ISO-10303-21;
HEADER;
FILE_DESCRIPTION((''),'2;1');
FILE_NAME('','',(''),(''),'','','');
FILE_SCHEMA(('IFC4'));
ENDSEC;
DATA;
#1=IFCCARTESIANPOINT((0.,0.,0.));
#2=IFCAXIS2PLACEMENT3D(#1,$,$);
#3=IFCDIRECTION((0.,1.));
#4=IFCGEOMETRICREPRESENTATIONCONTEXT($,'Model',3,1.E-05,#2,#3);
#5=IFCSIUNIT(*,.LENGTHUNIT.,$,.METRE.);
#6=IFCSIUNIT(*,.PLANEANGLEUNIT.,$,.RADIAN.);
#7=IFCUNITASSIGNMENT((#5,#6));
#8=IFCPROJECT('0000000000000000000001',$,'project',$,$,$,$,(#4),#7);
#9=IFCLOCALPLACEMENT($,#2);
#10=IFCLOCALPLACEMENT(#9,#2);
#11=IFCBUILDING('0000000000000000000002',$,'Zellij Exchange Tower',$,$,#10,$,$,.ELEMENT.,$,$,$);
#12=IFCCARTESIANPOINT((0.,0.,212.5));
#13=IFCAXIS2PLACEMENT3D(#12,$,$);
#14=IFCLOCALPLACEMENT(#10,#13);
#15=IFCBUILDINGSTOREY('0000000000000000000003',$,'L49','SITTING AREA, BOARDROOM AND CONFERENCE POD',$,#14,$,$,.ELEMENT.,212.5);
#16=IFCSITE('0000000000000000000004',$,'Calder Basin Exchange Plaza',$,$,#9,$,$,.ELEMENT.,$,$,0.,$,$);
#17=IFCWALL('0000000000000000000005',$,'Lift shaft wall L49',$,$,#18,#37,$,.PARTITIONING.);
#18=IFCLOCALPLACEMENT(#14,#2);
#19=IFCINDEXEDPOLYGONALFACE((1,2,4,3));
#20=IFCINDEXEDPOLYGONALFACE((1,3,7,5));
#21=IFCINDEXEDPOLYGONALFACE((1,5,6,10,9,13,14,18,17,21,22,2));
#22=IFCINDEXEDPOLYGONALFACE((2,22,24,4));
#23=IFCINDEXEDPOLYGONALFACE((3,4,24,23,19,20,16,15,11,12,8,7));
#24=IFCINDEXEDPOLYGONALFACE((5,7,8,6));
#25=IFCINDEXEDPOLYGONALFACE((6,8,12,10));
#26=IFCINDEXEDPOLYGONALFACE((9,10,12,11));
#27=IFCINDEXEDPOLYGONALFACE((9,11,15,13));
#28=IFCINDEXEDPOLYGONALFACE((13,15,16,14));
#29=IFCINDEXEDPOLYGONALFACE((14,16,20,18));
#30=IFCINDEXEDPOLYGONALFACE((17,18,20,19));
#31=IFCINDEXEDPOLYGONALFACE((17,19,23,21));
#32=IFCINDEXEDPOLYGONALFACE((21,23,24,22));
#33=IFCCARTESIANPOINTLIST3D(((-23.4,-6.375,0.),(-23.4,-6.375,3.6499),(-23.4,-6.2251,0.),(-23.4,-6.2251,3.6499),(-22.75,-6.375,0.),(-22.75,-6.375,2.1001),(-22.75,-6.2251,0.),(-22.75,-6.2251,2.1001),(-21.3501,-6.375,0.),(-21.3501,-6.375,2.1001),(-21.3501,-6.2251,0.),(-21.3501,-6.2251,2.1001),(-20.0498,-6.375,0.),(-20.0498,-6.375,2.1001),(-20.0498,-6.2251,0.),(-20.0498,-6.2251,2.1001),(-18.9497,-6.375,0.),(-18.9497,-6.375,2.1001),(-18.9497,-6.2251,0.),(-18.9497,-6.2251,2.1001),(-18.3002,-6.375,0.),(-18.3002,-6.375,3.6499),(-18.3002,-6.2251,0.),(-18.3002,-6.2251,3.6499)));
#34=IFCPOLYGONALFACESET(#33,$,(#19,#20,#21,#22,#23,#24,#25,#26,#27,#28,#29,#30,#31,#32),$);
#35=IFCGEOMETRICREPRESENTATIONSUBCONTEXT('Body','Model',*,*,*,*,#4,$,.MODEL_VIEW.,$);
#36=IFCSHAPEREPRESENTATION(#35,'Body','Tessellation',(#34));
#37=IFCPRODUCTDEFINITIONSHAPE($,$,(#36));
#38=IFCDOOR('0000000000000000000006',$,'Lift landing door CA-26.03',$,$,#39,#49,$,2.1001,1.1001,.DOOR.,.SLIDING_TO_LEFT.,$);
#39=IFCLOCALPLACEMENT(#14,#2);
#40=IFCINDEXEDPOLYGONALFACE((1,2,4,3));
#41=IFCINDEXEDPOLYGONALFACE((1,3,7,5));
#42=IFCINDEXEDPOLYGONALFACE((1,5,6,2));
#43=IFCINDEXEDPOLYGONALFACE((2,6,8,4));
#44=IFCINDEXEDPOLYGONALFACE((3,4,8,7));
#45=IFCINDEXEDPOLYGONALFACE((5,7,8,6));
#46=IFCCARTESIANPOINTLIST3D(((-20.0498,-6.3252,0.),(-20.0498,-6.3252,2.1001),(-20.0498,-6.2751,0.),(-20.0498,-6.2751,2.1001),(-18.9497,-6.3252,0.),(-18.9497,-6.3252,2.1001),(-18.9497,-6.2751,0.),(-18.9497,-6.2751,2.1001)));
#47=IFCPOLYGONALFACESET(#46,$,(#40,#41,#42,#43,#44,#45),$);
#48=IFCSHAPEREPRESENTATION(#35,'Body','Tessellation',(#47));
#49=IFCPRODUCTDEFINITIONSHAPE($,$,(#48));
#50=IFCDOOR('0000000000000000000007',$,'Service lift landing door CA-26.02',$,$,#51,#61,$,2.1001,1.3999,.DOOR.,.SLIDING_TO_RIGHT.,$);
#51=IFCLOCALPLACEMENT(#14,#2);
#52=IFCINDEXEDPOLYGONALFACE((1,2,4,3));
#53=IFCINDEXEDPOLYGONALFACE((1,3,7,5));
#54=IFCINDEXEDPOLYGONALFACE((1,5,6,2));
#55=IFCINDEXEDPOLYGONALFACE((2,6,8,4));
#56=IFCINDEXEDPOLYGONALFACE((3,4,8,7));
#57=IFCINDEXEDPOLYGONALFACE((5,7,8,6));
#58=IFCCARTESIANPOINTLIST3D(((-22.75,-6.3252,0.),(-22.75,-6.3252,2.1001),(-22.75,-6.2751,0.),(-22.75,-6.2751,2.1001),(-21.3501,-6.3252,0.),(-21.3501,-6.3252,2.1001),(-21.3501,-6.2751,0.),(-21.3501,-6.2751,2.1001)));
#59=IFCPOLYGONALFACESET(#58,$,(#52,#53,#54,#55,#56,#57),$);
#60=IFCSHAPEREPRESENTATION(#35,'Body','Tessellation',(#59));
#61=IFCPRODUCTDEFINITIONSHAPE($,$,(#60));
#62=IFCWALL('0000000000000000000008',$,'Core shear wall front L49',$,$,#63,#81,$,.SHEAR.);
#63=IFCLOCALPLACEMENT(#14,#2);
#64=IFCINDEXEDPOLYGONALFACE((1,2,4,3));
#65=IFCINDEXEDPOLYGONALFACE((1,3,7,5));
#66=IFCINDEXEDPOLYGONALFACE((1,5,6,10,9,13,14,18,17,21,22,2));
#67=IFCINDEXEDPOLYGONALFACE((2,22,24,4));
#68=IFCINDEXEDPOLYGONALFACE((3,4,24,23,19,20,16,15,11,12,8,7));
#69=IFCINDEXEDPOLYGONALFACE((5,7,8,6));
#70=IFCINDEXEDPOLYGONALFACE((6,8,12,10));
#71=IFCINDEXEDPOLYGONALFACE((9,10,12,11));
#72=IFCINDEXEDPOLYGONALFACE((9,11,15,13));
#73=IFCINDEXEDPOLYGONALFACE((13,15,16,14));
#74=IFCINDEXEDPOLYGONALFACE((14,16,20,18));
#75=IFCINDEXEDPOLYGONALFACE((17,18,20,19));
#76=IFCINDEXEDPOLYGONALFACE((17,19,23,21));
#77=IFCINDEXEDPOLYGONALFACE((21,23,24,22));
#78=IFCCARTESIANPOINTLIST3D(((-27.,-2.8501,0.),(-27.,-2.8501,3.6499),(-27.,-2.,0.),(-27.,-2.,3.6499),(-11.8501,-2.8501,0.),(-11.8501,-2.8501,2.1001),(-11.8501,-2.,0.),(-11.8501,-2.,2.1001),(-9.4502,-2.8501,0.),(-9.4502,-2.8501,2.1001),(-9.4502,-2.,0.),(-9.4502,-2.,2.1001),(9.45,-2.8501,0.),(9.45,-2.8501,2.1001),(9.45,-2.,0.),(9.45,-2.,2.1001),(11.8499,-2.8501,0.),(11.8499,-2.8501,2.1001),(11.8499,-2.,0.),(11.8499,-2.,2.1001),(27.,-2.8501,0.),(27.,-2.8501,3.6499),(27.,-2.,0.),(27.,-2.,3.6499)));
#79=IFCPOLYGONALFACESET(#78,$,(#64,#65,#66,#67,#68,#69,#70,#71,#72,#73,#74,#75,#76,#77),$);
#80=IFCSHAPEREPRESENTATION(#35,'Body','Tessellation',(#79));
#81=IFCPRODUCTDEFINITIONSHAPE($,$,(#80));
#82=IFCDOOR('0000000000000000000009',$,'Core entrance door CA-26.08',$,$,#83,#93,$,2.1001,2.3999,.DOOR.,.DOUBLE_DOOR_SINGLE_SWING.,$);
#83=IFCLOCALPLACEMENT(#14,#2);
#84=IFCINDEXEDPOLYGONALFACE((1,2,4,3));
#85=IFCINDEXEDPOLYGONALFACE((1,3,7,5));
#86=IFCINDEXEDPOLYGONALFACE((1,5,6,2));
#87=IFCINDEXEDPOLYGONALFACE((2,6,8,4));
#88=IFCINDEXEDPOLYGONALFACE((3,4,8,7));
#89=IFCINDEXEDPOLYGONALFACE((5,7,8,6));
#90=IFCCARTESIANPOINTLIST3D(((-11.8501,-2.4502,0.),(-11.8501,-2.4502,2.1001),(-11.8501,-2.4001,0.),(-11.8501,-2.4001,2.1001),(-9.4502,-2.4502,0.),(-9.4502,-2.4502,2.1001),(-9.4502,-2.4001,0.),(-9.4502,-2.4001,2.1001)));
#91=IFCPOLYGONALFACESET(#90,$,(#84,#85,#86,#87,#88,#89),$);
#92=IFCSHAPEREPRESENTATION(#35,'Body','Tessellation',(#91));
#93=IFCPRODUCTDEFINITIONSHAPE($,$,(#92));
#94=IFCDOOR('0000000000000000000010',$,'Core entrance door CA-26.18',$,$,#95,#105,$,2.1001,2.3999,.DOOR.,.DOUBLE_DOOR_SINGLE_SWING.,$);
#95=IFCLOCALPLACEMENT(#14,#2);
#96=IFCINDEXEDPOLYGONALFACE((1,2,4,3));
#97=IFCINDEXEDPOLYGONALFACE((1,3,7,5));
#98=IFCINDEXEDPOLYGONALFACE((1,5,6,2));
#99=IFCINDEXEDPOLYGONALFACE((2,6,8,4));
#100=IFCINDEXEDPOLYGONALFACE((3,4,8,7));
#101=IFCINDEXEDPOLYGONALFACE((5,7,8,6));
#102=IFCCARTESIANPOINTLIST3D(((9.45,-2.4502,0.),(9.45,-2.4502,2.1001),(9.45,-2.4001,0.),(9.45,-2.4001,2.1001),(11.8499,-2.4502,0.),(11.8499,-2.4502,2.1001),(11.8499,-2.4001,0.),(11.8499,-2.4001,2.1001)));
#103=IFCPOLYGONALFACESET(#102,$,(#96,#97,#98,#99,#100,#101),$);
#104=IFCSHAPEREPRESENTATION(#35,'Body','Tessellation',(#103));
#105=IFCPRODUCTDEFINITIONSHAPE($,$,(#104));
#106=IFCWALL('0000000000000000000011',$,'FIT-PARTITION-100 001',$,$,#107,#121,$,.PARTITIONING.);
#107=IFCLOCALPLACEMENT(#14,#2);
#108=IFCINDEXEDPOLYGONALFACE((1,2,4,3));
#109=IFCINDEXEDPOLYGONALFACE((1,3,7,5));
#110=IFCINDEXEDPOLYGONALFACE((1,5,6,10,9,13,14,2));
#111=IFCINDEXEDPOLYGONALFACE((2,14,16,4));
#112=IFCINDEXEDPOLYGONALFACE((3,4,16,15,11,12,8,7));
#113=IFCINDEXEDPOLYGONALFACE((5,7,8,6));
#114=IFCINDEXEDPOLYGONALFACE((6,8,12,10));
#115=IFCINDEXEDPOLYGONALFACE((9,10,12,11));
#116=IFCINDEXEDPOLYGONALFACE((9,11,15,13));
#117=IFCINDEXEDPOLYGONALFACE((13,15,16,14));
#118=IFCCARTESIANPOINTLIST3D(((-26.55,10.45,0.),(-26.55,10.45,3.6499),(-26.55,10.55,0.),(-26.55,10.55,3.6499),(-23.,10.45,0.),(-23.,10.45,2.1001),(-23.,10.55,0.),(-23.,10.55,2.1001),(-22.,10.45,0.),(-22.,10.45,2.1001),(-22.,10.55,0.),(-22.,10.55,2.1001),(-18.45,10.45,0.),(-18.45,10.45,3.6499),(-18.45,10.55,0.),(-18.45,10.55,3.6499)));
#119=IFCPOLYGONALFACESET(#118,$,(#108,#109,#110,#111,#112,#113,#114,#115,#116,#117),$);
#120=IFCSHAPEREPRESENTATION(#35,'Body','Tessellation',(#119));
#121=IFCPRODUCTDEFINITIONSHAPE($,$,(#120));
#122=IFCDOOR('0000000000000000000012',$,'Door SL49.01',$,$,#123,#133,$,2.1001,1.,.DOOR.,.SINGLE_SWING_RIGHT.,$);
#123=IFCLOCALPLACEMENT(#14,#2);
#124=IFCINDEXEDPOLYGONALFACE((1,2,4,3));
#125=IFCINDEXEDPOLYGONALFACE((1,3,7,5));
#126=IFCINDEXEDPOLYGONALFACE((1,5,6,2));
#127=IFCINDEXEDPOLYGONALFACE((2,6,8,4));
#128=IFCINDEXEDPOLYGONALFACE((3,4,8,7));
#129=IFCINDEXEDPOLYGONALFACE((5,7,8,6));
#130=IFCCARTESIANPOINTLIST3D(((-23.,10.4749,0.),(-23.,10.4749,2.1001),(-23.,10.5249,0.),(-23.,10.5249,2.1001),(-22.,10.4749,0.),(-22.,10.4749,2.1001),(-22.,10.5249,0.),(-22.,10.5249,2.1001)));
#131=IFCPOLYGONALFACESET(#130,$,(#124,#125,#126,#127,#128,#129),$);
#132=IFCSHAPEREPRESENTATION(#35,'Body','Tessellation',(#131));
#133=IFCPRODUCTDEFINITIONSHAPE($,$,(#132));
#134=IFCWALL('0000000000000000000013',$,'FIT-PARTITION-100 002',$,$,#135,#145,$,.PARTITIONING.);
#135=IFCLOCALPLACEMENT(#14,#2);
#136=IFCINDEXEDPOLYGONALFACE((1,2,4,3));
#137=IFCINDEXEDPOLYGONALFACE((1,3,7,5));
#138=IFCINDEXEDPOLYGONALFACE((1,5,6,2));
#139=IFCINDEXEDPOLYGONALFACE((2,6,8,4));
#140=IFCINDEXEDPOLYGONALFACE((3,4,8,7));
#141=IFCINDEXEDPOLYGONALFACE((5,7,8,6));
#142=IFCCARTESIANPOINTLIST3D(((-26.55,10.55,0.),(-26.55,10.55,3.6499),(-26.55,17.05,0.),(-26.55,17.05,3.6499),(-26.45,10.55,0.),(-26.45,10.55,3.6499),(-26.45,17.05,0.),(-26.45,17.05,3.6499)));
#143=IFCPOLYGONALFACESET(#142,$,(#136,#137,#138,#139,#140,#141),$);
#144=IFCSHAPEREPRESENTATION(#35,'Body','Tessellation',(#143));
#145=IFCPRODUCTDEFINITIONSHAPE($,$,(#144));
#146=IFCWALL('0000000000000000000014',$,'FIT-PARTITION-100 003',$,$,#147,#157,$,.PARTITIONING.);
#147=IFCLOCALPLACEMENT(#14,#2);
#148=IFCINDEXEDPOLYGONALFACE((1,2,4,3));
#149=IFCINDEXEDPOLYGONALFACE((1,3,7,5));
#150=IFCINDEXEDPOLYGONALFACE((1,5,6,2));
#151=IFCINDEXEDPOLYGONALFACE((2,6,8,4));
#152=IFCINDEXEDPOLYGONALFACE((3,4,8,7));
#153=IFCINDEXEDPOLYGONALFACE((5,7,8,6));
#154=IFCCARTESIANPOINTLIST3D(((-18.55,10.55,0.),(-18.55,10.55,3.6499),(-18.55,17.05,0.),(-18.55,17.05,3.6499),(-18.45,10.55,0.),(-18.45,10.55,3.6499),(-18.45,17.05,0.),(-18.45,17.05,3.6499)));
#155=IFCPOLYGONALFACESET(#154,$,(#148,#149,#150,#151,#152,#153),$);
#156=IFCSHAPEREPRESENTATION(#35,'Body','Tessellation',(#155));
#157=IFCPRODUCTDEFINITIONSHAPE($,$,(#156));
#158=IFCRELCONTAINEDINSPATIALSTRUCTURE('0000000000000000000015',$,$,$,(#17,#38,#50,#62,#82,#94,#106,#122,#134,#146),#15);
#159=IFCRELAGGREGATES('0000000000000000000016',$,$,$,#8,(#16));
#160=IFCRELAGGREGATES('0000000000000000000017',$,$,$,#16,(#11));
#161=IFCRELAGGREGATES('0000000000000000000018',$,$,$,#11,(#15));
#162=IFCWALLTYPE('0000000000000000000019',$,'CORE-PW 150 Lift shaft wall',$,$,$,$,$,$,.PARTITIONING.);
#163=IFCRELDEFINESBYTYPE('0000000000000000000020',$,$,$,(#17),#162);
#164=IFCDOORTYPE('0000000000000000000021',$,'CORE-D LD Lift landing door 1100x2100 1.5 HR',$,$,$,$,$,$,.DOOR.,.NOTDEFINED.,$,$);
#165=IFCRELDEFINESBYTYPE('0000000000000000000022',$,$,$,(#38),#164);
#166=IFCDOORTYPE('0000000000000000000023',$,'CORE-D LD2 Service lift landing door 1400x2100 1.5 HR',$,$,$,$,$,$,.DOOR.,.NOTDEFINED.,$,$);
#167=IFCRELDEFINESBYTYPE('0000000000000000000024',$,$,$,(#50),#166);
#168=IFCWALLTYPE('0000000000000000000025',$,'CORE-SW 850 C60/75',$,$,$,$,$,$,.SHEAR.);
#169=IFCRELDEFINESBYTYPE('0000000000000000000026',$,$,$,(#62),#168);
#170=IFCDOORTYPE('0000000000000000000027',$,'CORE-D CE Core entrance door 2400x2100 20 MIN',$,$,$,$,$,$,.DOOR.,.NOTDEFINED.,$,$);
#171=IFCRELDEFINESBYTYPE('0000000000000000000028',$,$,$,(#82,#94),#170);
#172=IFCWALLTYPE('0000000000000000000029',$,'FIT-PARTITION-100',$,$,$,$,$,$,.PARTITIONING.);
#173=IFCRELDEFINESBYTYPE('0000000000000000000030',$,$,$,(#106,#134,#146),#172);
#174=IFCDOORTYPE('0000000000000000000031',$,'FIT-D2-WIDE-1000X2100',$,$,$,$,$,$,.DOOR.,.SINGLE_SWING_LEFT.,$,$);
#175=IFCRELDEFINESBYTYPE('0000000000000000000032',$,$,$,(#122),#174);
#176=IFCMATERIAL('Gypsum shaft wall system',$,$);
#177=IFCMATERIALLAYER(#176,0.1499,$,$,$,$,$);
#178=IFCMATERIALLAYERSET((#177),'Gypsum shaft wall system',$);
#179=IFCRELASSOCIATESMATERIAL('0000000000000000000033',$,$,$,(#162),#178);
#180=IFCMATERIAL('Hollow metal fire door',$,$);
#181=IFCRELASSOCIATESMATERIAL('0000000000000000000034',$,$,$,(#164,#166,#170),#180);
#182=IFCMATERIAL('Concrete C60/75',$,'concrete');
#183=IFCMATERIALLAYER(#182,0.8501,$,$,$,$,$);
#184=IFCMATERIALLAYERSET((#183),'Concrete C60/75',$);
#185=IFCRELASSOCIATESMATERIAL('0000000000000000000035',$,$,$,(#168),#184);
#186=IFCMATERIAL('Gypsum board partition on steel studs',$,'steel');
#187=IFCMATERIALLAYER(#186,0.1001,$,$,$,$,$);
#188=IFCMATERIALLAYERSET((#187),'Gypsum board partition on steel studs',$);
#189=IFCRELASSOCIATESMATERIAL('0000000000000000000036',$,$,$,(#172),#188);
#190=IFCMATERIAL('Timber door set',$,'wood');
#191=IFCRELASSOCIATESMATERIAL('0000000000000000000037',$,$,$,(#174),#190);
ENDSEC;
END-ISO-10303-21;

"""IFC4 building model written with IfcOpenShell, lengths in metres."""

from ifc_helpers import new_model, si_unit, direction, frame, frame_2d, origin, place, context, subcontext, project, spatial, rectangle, extrude, material, layer, layer_set, type_object, element, fill, save


model = new_model("IFC4")

# Units and contexts
model_context = context("Model", 3, precision=1e-05, world=origin(), true_north=direction((0.0, 1.0)))
body_context = subcontext(model_context, "Body", "Model", "MODEL_VIEW")
ifc_project = project(units=[si_unit("LENGTHUNIT", "METRE"), si_unit("PLANEANGLEUNIT", "RADIAN")], contexts=[model_context])

# Site, building, storey
site_placement = place(None, origin())
site = spatial("IfcSite", under=ifc_project, at=site_placement, Name="Calder Basin Exchange Plaza", CompositionType="ELEMENT", RefElevation=0.0)
building_placement = place(site_placement, origin())
building = spatial("IfcBuilding", under=site, at=building_placement, Name="Zellij Exchange Tower", CompositionType="ELEMENT")
storey_placement = place(building_placement, frame((0.0, 0.0, 212.5)))
storey = spatial("IfcBuildingStorey", under=building, at=storey_placement, Name="L49", Description="SITTING AREA, BOARDROOM AND CONFERENCE POD", CompositionType="ELEMENT", Elevation=212.5)

# Shared definitions
ifc_material_1 = material(Name="Gypsum shaft wall system")
ifc_layer_1 = layer(ifc_material_1, 0.1499)
ifc_layer_set_1 = layer_set([ifc_layer_1], Name="Gypsum shaft wall system")
wall_type_1 = type_object("IfcWallType", Name="CORE-PW 150 Lift shaft wall", PredefinedType="PARTITIONING", material=ifc_layer_set_1)

# Walls, openings, doors
wall_1_placement = place(storey_placement, frame((-23.3999, -6.3, 0.0), z_axis=(0.0, 0.0, 1.0), x_axis=(1.0, 0.0, 0.0)))
wall_1 = element("IfcWall", 1, at=wall_1_placement, inside=storey, type_object=wall_type_1, Name="Lift shaft wall L49", PredefinedType="PARTITIONING", context=body_context, shape_type="SweptSolid", body=[
    extrude(rectangle(XDim=5.0999, YDim=0.1499, at=frame_2d((2.5498, 0.0))), origin(), (0.0, 0.0, 1.0), 3.6499),
])
opening_1_placement = place(wall_1_placement, frame((0.6499, 0.0, 0.0)))
opening_1 = element("IfcOpeningElement", 2, at=opening_1_placement, cuts=wall_1, PredefinedType="OPENING", context=body_context, shape_type="SweptSolid", body=[
    extrude(rectangle(XDim=1.3999, YDim=2.1001, at=frame_2d((0.7, 1.05))), frame((0.0, 0.0869, 0.0), z_axis=(0.0, -1.0, 0.0), x_axis=(1.0, 0.0, 0.0)), (0.0, 0.0, 1.0), 0.1738),
])
opening_2_placement = place(wall_1_placement, frame((3.3501, 0.0, 0.0)))
opening_2 = element("IfcOpeningElement", 3, at=opening_2_placement, cuts=wall_1, PredefinedType="OPENING", context=body_context, shape_type="SweptSolid", body=[
    extrude(rectangle(XDim=1.1001, YDim=2.1001, at=frame_2d((0.55, 1.05))), frame((0.0, 0.0869, 0.0), z_axis=(0.0, -1.0, 0.0), x_axis=(1.0, 0.0, 0.0)), (0.0, 0.0, 1.0), 0.1738),
])
ifc_material_2 = material(Name="Hollow metal fire door")
door_type_1 = type_object("IfcDoorType", Name="CORE-D LD Lift landing door 1100x2100 1.5 HR", OperationType="NOTDEFINED", PredefinedType="DOOR", material=ifc_material_2)
door_1_placement = place(opening_2_placement, origin())
door_1 = element("IfcDoor", 4, at=door_1_placement, inside=storey, type_object=door_type_1, Name="Lift landing door CA-26.03", OperationType="SLIDING_TO_LEFT", OverallHeight=2.1001, OverallWidth=1.1001, PredefinedType="DOOR", context=body_context, shape_type="SweptSolid", body=[
    extrude(rectangle(XDim=1.1001, YDim=2.1001, at=frame_2d((0.55, 1.05))), frame((0.0, 0.0249, 0.0), z_axis=(0.0, -1.0, 0.0), x_axis=(1.0, 0.0, 0.0)), (0.0, 0.0, 1.0), 0.05),
])
fill(opening_2, door_1)
door_type_2 = type_object("IfcDoorType", Name="CORE-D LD2 Service lift landing door 1400x2100 1.5 HR", OperationType="NOTDEFINED", PredefinedType="DOOR", material=ifc_material_2)
door_2_placement = place(opening_1_placement, origin())
door_2 = element("IfcDoor", 5, at=door_2_placement, inside=storey, type_object=door_type_2, Name="Service lift landing door CA-26.02", OperationType="SLIDING_TO_RIGHT", OverallHeight=2.1001, OverallWidth=1.3999, PredefinedType="DOOR", context=body_context, shape_type="SweptSolid", body=[
    extrude(rectangle(XDim=1.3999, YDim=2.1001, at=frame_2d((0.7, 1.05))), frame((0.0, 0.0249, 0.0), z_axis=(0.0, -1.0, 0.0), x_axis=(1.0, 0.0, 0.0)), (0.0, 0.0, 1.0), 0.05),
])
fill(opening_1, door_2)
ifc_material_3 = material(Name="Concrete C60/75", Category="concrete")
ifc_layer_2 = layer(ifc_material_3, 0.8501)
ifc_layer_set_2 = layer_set([ifc_layer_2], Name="Concrete C60/75")
wall_type_2 = type_object("IfcWallType", Name="CORE-SW 850 C60/75", PredefinedType="SHEAR", material=ifc_layer_set_2)
wall_2_placement = place(storey_placement, frame((-27.0, -2.425, 0.0), z_axis=(0.0, 0.0, 1.0), x_axis=(1.0, 0.0, 0.0)))
wall_2 = element("IfcWall", 6, at=wall_2_placement, inside=storey, type_object=wall_type_2, Name="Core shear wall front L49", PredefinedType="SHEAR", context=body_context, shape_type="SweptSolid", body=[
    extrude(rectangle(XDim=54.0, YDim=0.8501, at=frame_2d((27.0, 0.0))), origin(), (0.0, 0.0, 1.0), 3.6499),
])
opening_3_placement = place(wall_2_placement, frame((15.1499, 0.0, 0.0)))
opening_3 = element("IfcOpeningElement", 7, at=opening_3_placement, cuts=wall_2, PredefinedType="OPENING", context=body_context, shape_type="SweptSolid", body=[
    extrude(rectangle(XDim=2.3999, YDim=2.1001, at=frame_2d((1.2, 1.05))), frame((0.0, 0.437, 0.0), z_axis=(0.0, -1.0, 0.0), x_axis=(1.0, 0.0, 0.0)), (0.0, 0.0, 1.0), 0.874),
])
opening_4_placement = place(wall_2_placement, frame((36.45, 0.0, 0.0)))
opening_4 = element("IfcOpeningElement", 8, at=opening_4_placement, cuts=wall_2, PredefinedType="OPENING", context=body_context, shape_type="SweptSolid", body=[
    extrude(rectangle(XDim=2.3999, YDim=2.1001, at=frame_2d((1.2, 1.05))), frame((0.0, 0.437, 0.0), z_axis=(0.0, -1.0, 0.0), x_axis=(1.0, 0.0, 0.0)), (0.0, 0.0, 1.0), 0.874),
])
door_type_3 = type_object("IfcDoorType", Name="CORE-D CE Core entrance door 2400x2100 20 MIN", OperationType="NOTDEFINED", PredefinedType="DOOR", material=ifc_material_2)
door_3_placement = place(opening_3_placement, origin())
door_3 = element("IfcDoor", 9, at=door_3_placement, inside=storey, type_object=door_type_3, Name="Core entrance door CA-26.08", OperationType="DOUBLE_DOOR_SINGLE_SWING", OverallHeight=2.1001, OverallWidth=2.3999, PredefinedType="DOOR", context=body_context, shape_type="SweptSolid", body=[
    extrude(rectangle(XDim=2.3999, YDim=2.1001, at=frame_2d((1.2, 1.05))), frame((0.0, 0.0249, 0.0), z_axis=(0.0, -1.0, 0.0), x_axis=(1.0, 0.0, 0.0)), (0.0, 0.0, 1.0), 0.05),
])
fill(opening_3, door_3)
door_4_placement = place(opening_4_placement, origin())
door_4 = element("IfcDoor", 10, at=door_4_placement, inside=storey, type_object=door_type_3, Name="Core entrance door CA-26.18", OperationType="DOUBLE_DOOR_SINGLE_SWING", OverallHeight=2.1001, OverallWidth=2.3999, PredefinedType="DOOR", context=body_context, shape_type="SweptSolid", body=[
    extrude(rectangle(XDim=2.3999, YDim=2.1001, at=frame_2d((1.2, 1.05))), frame((0.0, 0.0249, 0.0), z_axis=(0.0, -1.0, 0.0), x_axis=(1.0, 0.0, 0.0)), (0.0, 0.0, 1.0), 0.05),
])
fill(opening_4, door_4)

# Wall, opening, door
ifc_material_4 = material(Name="Gypsum board partition on steel studs", Category="steel")
ifc_layer_3 = layer(ifc_material_4, 0.1001)
ifc_layer_set_3 = layer_set([ifc_layer_3], Name="Gypsum board partition on steel studs")
wall_type_3 = type_object("IfcWallType", Name="FIT-PARTITION-100", PredefinedType="PARTITIONING", material=ifc_layer_set_3)
wall_3_placement = place(storey_placement, frame((-26.55, 10.5, 0.0), z_axis=(0.0, 0.0, 1.0), x_axis=(1.0, 0.0, 0.0)))
wall_3 = element("IfcWall", 11, at=wall_3_placement, inside=storey, type_object=wall_type_3, Name="FIT-PARTITION-100 001", PredefinedType="PARTITIONING", context=body_context, shape_type="SweptSolid", body=[
    extrude(rectangle(XDim=8.1001, YDim=0.1001, at=frame_2d((4.05, 0.0))), origin(), (0.0, 0.0, 1.0), 3.6499),
])
opening_5_placement = place(wall_3_placement, frame((3.55, 0.0, 0.0)))
opening_5 = element("IfcOpeningElement", 12, at=opening_5_placement, cuts=wall_3, PredefinedType="OPENING", context=body_context, shape_type="SweptSolid", body=[
    extrude(rectangle(XDim=1.0, YDim=2.1001, at=frame_2d((0.5, 1.05))), frame((0.0, 0.062, 0.0), z_axis=(0.0, -1.0, 0.0), x_axis=(1.0, 0.0, 0.0)), (0.0, 0.0, 1.0), 0.124),
])
ifc_material_5 = material(Name="Timber door set", Category="wood")
door_type_4 = type_object("IfcDoorType", Name="FIT-D2-WIDE-1000X2100", OperationType="SINGLE_SWING_LEFT", PredefinedType="DOOR", material=ifc_material_5)
door_5_placement = place(opening_5_placement, origin())
door_5 = element("IfcDoor", 13, at=door_5_placement, inside=storey, type_object=door_type_4, Name="Door SL49.01", OperationType="SINGLE_SWING_RIGHT", OverallHeight=2.1001, OverallWidth=1.0, PredefinedType="DOOR", context=body_context, shape_type="SweptSolid", body=[
    extrude(rectangle(XDim=1.0, YDim=2.1001, at=frame_2d((0.5, 1.05))), frame((0.0, 0.0249, 0.0), z_axis=(0.0, -1.0, 0.0), x_axis=(1.0, 0.0, 0.0)), (0.0, 0.0, 1.0), 0.05),
])
fill(opening_5, door_5)

# Walls
for number, where, z_axis, x_axis, name in (
    (14, (-26.5, 10.55, 0.0), (0.0, 0.0, 1.0), (0.0, 1.0, 0.0), "FIT-PARTITION-100 002"),
    (15, (-18.5, 10.55, 0.0), (0.0, 0.0, 1.0), (0.0, 1.0, 0.0), "FIT-PARTITION-100 003"),
):
    element("IfcWall", number, at=place(storey_placement, frame(where, z_axis=z_axis, x_axis=x_axis)), inside=storey, type_object=wall_type_3, Name=name, PredefinedType="PARTITIONING", context=body_context, shape_type="SweptSolid", body=[
        extrude(rectangle(XDim=6.5, YDim=0.1001, at=frame_2d((3.25, 0.0))), origin(), (0.0, 0.0, 1.0), 3.6499),
    ])

save(model, "model.ifc")
